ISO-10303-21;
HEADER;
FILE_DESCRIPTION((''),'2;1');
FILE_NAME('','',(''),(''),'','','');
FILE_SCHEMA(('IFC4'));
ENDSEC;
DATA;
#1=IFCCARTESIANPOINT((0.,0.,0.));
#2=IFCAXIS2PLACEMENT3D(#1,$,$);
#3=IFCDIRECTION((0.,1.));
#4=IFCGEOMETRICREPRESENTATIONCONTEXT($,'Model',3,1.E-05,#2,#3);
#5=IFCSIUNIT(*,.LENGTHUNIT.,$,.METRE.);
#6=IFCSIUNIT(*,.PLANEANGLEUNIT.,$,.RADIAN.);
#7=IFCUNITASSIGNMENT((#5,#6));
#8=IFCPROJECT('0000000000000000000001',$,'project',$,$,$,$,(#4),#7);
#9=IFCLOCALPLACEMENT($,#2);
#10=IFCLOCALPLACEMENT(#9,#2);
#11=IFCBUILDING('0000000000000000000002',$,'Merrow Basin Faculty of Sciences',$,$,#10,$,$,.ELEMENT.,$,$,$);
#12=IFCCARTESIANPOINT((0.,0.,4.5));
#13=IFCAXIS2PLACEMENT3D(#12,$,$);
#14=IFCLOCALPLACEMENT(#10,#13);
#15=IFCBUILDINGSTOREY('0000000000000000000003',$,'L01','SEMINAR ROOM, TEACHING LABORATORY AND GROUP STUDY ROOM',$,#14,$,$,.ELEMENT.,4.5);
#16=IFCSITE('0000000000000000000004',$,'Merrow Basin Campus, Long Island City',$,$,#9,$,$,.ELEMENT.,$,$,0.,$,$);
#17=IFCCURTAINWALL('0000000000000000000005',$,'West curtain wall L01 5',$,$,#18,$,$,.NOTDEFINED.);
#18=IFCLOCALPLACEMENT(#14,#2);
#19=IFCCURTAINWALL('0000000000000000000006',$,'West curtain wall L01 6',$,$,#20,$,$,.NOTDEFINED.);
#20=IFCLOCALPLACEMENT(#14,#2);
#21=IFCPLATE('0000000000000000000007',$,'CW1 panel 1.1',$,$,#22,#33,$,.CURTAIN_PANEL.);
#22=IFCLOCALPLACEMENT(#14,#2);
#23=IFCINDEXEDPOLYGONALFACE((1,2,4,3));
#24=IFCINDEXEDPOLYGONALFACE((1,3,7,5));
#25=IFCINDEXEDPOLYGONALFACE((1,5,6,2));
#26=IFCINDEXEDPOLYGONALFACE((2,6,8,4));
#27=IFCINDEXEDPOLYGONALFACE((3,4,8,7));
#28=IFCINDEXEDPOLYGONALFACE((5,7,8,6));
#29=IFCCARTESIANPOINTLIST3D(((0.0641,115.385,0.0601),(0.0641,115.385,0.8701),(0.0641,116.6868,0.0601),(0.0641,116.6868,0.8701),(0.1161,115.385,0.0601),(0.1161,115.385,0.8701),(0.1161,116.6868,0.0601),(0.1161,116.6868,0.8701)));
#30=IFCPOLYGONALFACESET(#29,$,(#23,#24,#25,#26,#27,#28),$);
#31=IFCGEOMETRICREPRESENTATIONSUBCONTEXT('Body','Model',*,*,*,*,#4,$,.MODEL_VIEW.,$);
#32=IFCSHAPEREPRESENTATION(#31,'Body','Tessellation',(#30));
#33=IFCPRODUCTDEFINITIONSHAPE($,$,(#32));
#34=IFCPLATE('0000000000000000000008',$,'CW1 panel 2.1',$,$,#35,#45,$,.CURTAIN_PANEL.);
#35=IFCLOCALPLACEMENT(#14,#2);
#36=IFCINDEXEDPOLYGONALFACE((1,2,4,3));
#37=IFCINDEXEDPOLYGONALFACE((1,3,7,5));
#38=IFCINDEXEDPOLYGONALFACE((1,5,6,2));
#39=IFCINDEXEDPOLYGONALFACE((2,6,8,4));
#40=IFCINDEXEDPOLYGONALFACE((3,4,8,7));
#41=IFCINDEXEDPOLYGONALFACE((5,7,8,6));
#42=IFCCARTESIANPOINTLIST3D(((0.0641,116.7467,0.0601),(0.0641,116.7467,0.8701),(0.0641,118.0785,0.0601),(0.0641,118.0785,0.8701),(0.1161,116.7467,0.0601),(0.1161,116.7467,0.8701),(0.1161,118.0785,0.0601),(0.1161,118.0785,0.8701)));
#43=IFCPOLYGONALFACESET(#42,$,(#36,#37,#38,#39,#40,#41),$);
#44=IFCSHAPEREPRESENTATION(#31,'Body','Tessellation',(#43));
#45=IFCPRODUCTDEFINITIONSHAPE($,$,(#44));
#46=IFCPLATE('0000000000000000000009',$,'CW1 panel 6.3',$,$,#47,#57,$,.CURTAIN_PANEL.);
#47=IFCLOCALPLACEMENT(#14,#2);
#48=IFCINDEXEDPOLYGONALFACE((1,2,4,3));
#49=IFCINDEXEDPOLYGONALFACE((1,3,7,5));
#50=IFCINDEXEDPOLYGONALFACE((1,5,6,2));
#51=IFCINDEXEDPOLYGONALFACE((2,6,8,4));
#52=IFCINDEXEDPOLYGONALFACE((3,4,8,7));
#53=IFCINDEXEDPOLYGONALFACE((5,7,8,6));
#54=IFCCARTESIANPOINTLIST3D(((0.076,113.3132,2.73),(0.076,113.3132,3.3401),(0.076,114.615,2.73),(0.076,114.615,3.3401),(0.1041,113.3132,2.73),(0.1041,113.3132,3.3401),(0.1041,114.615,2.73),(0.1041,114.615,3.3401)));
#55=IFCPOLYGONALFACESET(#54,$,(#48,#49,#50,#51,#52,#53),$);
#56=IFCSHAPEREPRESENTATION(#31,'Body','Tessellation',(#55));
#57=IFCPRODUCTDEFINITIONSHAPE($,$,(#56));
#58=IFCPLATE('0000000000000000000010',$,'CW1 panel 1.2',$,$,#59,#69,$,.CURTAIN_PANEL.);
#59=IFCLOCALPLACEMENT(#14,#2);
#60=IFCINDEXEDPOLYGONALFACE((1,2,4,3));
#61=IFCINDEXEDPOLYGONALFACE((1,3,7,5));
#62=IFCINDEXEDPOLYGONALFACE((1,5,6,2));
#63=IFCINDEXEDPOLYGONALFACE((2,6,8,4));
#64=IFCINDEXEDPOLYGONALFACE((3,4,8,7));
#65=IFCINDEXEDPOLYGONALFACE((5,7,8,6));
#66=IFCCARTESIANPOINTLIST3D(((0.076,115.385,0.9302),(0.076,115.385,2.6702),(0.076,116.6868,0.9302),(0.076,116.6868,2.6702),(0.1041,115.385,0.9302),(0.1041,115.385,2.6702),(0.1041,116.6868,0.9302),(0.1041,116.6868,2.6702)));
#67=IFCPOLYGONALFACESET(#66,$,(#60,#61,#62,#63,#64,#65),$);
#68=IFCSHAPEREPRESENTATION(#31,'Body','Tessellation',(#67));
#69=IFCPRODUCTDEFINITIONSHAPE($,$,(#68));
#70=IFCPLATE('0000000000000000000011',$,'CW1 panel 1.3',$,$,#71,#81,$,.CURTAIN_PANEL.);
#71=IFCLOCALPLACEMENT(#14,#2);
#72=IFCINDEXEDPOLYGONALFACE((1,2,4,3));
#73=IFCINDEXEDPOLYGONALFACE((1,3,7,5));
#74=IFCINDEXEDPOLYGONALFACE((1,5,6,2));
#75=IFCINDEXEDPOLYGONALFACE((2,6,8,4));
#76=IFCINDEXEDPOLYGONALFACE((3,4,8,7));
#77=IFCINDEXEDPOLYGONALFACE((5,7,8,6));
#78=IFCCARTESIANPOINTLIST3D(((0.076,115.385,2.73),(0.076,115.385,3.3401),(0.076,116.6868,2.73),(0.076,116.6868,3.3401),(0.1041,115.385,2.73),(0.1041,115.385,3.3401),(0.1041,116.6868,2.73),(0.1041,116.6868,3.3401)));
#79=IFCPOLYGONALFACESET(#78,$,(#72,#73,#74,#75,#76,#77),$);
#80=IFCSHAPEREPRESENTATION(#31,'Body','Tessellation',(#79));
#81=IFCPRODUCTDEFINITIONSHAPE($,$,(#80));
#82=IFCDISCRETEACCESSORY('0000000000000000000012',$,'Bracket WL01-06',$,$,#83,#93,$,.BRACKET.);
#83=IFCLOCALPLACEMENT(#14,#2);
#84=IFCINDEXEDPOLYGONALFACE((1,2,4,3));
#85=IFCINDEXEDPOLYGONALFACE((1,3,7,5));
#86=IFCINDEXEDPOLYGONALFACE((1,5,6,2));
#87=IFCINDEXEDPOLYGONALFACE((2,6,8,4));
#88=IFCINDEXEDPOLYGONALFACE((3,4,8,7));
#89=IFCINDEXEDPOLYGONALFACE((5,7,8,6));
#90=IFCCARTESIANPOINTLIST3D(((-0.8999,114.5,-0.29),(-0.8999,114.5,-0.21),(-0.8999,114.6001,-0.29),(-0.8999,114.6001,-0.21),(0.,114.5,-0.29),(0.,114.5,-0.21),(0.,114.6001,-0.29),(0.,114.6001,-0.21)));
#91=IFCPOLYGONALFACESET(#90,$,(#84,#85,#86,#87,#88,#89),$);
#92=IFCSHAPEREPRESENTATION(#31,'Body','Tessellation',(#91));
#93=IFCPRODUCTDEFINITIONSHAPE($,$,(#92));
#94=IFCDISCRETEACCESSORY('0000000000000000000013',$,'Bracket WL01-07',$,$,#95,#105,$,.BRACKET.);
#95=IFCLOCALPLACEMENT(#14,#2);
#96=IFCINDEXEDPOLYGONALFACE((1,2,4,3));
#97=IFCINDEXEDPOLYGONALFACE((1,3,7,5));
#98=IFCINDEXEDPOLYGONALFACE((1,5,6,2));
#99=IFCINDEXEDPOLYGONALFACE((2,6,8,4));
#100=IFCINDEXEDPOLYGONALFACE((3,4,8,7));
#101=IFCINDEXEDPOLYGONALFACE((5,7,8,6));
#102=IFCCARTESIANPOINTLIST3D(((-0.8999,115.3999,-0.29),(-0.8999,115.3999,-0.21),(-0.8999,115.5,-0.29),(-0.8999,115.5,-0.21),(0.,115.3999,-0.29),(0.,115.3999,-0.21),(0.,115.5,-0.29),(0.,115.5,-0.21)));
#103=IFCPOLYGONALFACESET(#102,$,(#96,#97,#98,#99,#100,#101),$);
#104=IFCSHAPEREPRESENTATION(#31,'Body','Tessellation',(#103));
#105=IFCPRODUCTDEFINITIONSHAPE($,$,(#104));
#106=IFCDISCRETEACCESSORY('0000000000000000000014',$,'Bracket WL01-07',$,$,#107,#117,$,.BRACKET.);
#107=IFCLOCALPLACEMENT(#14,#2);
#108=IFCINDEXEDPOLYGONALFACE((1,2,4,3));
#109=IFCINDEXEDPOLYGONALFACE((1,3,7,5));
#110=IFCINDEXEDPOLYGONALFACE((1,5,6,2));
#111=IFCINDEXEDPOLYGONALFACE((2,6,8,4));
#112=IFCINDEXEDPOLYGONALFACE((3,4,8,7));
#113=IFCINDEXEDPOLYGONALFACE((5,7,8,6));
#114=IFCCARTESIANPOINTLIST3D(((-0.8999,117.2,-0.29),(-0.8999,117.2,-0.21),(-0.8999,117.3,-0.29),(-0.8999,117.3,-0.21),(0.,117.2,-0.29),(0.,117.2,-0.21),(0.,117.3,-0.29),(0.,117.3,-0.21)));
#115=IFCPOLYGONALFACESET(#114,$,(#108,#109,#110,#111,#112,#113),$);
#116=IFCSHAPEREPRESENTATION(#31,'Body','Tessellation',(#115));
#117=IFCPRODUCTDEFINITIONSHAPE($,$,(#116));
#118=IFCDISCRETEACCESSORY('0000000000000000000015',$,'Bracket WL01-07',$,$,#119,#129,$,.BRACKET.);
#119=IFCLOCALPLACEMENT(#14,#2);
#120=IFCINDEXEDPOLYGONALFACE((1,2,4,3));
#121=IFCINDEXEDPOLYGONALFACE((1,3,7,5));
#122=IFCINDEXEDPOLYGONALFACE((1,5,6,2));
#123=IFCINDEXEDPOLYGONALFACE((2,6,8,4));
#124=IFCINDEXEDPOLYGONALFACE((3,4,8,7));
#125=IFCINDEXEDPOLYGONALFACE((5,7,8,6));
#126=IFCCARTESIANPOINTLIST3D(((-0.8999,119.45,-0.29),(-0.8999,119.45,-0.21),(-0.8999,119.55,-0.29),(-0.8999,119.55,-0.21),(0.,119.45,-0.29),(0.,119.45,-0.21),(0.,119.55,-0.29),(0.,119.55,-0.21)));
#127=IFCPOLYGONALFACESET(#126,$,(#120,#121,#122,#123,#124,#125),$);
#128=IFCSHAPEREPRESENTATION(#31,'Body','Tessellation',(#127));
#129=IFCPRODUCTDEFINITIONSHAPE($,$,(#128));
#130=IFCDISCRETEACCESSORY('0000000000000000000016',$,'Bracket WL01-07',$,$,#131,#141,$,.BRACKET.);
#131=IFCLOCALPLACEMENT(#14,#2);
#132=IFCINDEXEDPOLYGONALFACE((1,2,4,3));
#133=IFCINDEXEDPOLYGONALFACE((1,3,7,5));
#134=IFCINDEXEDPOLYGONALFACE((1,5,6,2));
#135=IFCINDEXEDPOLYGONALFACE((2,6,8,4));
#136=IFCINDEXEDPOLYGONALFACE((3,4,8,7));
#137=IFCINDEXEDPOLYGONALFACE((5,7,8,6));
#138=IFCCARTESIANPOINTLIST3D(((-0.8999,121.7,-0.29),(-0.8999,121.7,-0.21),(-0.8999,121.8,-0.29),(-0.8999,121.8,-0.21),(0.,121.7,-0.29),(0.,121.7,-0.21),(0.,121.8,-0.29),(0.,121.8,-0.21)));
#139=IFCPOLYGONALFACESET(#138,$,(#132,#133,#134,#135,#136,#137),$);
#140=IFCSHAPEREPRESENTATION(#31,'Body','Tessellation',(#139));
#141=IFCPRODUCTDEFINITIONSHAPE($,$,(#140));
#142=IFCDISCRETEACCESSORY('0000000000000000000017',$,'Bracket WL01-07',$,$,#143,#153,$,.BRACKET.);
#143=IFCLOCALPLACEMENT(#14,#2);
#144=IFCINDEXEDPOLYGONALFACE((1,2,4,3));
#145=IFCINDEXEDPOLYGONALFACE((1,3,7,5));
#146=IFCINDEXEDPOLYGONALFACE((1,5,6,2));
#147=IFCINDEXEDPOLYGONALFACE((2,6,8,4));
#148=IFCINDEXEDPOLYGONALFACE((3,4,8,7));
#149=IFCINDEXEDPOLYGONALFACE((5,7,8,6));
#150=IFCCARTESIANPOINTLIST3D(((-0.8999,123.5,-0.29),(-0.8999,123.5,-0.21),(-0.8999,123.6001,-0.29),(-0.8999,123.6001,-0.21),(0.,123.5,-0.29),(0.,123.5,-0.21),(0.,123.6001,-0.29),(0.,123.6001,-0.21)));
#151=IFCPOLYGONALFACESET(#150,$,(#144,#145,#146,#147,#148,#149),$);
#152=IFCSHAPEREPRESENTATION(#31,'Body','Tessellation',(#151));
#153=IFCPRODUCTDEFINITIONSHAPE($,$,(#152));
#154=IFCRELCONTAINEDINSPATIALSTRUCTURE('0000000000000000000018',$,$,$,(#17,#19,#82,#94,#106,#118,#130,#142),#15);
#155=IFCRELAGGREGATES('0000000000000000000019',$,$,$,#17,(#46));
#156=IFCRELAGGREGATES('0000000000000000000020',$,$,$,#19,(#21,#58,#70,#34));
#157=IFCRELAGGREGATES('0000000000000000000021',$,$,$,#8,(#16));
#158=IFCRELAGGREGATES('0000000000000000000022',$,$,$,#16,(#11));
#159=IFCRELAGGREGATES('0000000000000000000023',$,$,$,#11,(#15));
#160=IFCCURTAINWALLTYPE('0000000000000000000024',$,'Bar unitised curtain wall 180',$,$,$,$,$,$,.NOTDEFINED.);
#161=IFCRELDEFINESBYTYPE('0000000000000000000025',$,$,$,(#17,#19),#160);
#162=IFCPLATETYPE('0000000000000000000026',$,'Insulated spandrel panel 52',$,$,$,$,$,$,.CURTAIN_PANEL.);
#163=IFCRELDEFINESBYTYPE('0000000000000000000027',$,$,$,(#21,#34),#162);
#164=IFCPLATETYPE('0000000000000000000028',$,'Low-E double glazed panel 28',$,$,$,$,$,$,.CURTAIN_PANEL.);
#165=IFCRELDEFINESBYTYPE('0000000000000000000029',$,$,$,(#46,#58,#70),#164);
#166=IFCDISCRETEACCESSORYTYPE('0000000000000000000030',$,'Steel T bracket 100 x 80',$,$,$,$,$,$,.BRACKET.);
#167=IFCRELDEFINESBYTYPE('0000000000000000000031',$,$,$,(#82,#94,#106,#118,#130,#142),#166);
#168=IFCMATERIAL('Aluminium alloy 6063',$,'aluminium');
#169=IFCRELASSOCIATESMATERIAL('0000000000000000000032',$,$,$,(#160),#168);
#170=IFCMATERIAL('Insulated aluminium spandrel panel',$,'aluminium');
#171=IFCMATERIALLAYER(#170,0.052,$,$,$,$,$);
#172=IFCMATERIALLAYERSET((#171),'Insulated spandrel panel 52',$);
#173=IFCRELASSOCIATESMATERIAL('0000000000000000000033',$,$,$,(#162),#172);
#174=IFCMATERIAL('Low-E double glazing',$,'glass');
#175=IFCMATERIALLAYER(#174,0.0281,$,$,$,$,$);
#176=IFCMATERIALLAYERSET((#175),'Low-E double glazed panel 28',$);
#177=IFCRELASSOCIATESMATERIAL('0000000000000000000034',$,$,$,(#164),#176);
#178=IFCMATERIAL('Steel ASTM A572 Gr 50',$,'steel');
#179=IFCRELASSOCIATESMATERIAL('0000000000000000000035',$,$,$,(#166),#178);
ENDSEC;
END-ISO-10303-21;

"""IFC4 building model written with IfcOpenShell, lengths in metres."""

from ifc_helpers import new_model, si_unit, direction, frame, origin, origin_2d, place, context, subcontext, project, spatial, polyline, rectangle, outline, extrude, source, transform, mapped, material, layer, layer_set, type_object, element, aggregate, save


model = new_model("IFC4")

# Units and contexts
model_context = context("Model", 3, precision=1e-05, world=origin(), true_north=direction((0.0, 1.0)))
body_context = subcontext(model_context, "Body", "Model", "MODEL_VIEW")
ifc_project = project(units=[si_unit("LENGTHUNIT", "METRE"), si_unit("PLANEANGLEUNIT", "RADIAN")], contexts=[model_context])

# Site, building, storey
site_placement = place(None, origin())
site = spatial("IfcSite", under=ifc_project, at=site_placement, Name="Merrow Basin Campus, Long Island City", CompositionType="ELEMENT", RefElevation=0.0)
building_placement = place(site_placement, origin())
building = spatial("IfcBuilding", under=site, at=building_placement, Name="Merrow Basin Faculty of Sciences", CompositionType="ELEMENT")
storey_placement = place(building_placement, frame((0.0, 0.0, 4.5)))
storey = spatial("IfcBuildingStorey", under=building, at=storey_placement, Name="L01", Description="SEMINAR ROOM, TEACHING LABORATORY AND GROUP STUDY ROOM", CompositionType="ELEMENT", Elevation=4.5)

# Curtain wall
ifc_material_1 = material(Name="Aluminium alloy 6063", Category="aluminium")
curtain_wall_type = type_object("IfcCurtainWallType", Name="Bar unitised curtain wall 180", PredefinedType="NOTDEFINED", material=ifc_material_1)
curtain_wall_1_placement = place(storey_placement, origin())
curtain_wall_1 = element("IfcCurtainWall", 1, at=curtain_wall_1_placement, inside=storey, type_object=curtain_wall_type, Name="West curtain wall L01 5", PredefinedType="NOTDEFINED")

# Curtain wall
curtain_wall_2_placement = place(storey_placement, origin())
curtain_wall_2 = element("IfcCurtainWall", 2, at=curtain_wall_2_placement, inside=storey, type_object=curtain_wall_type, Name="West curtain wall L01 6", PredefinedType="NOTDEFINED")

# Plates
ifc_material_2 = material(Name="Insulated aluminium spandrel panel", Category="aluminium")
ifc_layer_1 = layer(ifc_material_2, 0.052)
ifc_layer_set_1 = layer_set([ifc_layer_1], Name="Insulated spandrel panel 52")
plate_type_1 = type_object("IfcPlateType", Name="Insulated spandrel panel 52", PredefinedType="CURTAIN_PANEL", material=ifc_layer_set_1)
plate_1_placement = place(storey_placement, frame((0.0901, 116.0359, 0.0601), z_axis=(0.0, 0.0, 1.0), x_axis=(0.0, 1.0, 0.0)))
plate_1 = element("IfcPlate", 3, at=plate_1_placement, type_object=plate_type_1, Name="CW1 panel 1.1", PredefinedType="CURTAIN_PANEL", context=body_context, shape_type="SweptSolid", body=[
    extrude(rectangle(XDim=1.3018, YDim=0.052, at=origin_2d()), origin(), (0.0, 0.0, 1.0), 0.8101),
])
plate_2_placement = place(storey_placement, frame((0.0901, 117.4126, 0.0601), z_axis=(0.0, 0.0, 1.0), x_axis=(0.0, 1.0, 0.0)))
plate_2 = element("IfcPlate", 4, at=plate_2_placement, type_object=plate_type_1, Name="CW1 panel 2.1", PredefinedType="CURTAIN_PANEL", context=body_context, shape_type="SweptSolid", body=[
    extrude(rectangle(XDim=1.3318, YDim=0.052, at=origin_2d()), origin(), (0.0, 0.0, 1.0), 0.8101),
])
ifc_material_3 = material(Name="Low-E double glazing", Category="glass")
ifc_layer_2 = layer(ifc_material_3, 0.0281)
ifc_layer_set_2 = layer_set([ifc_layer_2], Name="Low-E double glazed panel 28")
plate_type_2 = type_object("IfcPlateType", Name="Low-E double glazed panel 28", PredefinedType="CURTAIN_PANEL", material=ifc_layer_set_2)
plate_3_placement = place(storey_placement, frame((0.0901, 113.9641, 2.73), z_axis=(0.0, 0.0, 1.0), x_axis=(0.0, 1.0, 0.0)))
plate_3 = element("IfcPlate", 5, at=plate_3_placement, type_object=plate_type_2, Name="CW1 panel 6.3", PredefinedType="CURTAIN_PANEL", context=body_context, shape_type="SweptSolid", body=[
    extrude(rectangle(XDim=1.3018, YDim=0.0281, at=origin_2d()), origin(), (0.0, 0.0, 1.0), 0.6101),
])
aggregate(curtain_wall_1, [plate_3])
plate_4_placement = place(storey_placement, frame((0.0901, 116.0359, 0.9302), z_axis=(0.0, 0.0, 1.0), x_axis=(0.0, 1.0, 0.0)))
plate_4 = element("IfcPlate", 6, at=plate_4_placement, type_object=plate_type_2, Name="CW1 panel 1.2", PredefinedType="CURTAIN_PANEL", context=body_context, shape_type="SweptSolid", body=[
    extrude(rectangle(XDim=1.3018, YDim=0.0281, at=origin_2d()), origin(), (0.0, 0.0, 1.0), 1.74),
])
plate_5_placement = place(storey_placement, frame((0.0901, 116.0359, 2.73), z_axis=(0.0, 0.0, 1.0), x_axis=(0.0, 1.0, 0.0)))
plate_5 = element("IfcPlate", 7, at=plate_5_placement, type_object=plate_type_2, Name="CW1 panel 1.3", PredefinedType="CURTAIN_PANEL", context=body_context, shape_type="SweptSolid", body=[
    extrude(rectangle(XDim=1.3018, YDim=0.0281, at=origin_2d()), origin(), (0.0, 0.0, 1.0), 0.6101),
])
aggregate(curtain_wall_2, [plate_1, plate_4, plate_5, plate_2])

# Discrete accessories
ifc_material_4 = material(Name="Steel ASTM A572 Gr 50", Category="steel")
discrete_accessory_type = type_object("IfcDiscreteAccessoryType", Name="Steel T bracket 100 x 80", PredefinedType="BRACKET", material=ifc_material_4)
shared_shape_1 = source(origin(), body_context, "Body", "SweptSolid", [
    extrude(outline(polyline([(0.0, 0.0), (0.1001, 0.0), (0.1001, 0.0801), (0.0, 0.0801), (0.0, 0.0)])), origin(), (0.0, 0.0, 1.0), 0.8999),
])
for number, where, z_axis, x_axis, name in (
    (8, (-0.8999, 114.5, -0.29), (1.0, 0.0, 0.0), (0.0, 1.0, 0.0), "Bracket WL01-06"),
    (9, (-0.8999, 115.3999, -0.29), (1.0, 0.0, 0.0), (0.0, 1.0, 0.0), "Bracket WL01-07"),
    (10, (-0.8999, 117.2, -0.29), (1.0, 0.0, 0.0), (0.0, 1.0, 0.0), "Bracket WL01-07"),
    (11, (-0.8999, 119.45, -0.29), (1.0, 0.0, 0.0), (0.0, 1.0, 0.0), "Bracket WL01-07"),
    (12, (-0.8999, 121.7, -0.29), (1.0, 0.0, 0.0), (0.0, 1.0, 0.0), "Bracket WL01-07"),
    (13, (-0.8999, 123.5, -0.29), (1.0, 0.0, 0.0), (0.0, 1.0, 0.0), "Bracket WL01-07"),
):
    element("IfcDiscreteAccessory", number, at=place(storey_placement, frame(where, z_axis=z_axis, x_axis=x_axis)), inside=storey, type_object=discrete_accessory_type, Name=name, PredefinedType="BRACKET", context=body_context, shape_type="MappedRepresentation", body=[
        mapped(shared_shape_1, transform((0.0, 0.0, 0.0), scale=1.0)),
    ])

save(model, "model.ifc")
